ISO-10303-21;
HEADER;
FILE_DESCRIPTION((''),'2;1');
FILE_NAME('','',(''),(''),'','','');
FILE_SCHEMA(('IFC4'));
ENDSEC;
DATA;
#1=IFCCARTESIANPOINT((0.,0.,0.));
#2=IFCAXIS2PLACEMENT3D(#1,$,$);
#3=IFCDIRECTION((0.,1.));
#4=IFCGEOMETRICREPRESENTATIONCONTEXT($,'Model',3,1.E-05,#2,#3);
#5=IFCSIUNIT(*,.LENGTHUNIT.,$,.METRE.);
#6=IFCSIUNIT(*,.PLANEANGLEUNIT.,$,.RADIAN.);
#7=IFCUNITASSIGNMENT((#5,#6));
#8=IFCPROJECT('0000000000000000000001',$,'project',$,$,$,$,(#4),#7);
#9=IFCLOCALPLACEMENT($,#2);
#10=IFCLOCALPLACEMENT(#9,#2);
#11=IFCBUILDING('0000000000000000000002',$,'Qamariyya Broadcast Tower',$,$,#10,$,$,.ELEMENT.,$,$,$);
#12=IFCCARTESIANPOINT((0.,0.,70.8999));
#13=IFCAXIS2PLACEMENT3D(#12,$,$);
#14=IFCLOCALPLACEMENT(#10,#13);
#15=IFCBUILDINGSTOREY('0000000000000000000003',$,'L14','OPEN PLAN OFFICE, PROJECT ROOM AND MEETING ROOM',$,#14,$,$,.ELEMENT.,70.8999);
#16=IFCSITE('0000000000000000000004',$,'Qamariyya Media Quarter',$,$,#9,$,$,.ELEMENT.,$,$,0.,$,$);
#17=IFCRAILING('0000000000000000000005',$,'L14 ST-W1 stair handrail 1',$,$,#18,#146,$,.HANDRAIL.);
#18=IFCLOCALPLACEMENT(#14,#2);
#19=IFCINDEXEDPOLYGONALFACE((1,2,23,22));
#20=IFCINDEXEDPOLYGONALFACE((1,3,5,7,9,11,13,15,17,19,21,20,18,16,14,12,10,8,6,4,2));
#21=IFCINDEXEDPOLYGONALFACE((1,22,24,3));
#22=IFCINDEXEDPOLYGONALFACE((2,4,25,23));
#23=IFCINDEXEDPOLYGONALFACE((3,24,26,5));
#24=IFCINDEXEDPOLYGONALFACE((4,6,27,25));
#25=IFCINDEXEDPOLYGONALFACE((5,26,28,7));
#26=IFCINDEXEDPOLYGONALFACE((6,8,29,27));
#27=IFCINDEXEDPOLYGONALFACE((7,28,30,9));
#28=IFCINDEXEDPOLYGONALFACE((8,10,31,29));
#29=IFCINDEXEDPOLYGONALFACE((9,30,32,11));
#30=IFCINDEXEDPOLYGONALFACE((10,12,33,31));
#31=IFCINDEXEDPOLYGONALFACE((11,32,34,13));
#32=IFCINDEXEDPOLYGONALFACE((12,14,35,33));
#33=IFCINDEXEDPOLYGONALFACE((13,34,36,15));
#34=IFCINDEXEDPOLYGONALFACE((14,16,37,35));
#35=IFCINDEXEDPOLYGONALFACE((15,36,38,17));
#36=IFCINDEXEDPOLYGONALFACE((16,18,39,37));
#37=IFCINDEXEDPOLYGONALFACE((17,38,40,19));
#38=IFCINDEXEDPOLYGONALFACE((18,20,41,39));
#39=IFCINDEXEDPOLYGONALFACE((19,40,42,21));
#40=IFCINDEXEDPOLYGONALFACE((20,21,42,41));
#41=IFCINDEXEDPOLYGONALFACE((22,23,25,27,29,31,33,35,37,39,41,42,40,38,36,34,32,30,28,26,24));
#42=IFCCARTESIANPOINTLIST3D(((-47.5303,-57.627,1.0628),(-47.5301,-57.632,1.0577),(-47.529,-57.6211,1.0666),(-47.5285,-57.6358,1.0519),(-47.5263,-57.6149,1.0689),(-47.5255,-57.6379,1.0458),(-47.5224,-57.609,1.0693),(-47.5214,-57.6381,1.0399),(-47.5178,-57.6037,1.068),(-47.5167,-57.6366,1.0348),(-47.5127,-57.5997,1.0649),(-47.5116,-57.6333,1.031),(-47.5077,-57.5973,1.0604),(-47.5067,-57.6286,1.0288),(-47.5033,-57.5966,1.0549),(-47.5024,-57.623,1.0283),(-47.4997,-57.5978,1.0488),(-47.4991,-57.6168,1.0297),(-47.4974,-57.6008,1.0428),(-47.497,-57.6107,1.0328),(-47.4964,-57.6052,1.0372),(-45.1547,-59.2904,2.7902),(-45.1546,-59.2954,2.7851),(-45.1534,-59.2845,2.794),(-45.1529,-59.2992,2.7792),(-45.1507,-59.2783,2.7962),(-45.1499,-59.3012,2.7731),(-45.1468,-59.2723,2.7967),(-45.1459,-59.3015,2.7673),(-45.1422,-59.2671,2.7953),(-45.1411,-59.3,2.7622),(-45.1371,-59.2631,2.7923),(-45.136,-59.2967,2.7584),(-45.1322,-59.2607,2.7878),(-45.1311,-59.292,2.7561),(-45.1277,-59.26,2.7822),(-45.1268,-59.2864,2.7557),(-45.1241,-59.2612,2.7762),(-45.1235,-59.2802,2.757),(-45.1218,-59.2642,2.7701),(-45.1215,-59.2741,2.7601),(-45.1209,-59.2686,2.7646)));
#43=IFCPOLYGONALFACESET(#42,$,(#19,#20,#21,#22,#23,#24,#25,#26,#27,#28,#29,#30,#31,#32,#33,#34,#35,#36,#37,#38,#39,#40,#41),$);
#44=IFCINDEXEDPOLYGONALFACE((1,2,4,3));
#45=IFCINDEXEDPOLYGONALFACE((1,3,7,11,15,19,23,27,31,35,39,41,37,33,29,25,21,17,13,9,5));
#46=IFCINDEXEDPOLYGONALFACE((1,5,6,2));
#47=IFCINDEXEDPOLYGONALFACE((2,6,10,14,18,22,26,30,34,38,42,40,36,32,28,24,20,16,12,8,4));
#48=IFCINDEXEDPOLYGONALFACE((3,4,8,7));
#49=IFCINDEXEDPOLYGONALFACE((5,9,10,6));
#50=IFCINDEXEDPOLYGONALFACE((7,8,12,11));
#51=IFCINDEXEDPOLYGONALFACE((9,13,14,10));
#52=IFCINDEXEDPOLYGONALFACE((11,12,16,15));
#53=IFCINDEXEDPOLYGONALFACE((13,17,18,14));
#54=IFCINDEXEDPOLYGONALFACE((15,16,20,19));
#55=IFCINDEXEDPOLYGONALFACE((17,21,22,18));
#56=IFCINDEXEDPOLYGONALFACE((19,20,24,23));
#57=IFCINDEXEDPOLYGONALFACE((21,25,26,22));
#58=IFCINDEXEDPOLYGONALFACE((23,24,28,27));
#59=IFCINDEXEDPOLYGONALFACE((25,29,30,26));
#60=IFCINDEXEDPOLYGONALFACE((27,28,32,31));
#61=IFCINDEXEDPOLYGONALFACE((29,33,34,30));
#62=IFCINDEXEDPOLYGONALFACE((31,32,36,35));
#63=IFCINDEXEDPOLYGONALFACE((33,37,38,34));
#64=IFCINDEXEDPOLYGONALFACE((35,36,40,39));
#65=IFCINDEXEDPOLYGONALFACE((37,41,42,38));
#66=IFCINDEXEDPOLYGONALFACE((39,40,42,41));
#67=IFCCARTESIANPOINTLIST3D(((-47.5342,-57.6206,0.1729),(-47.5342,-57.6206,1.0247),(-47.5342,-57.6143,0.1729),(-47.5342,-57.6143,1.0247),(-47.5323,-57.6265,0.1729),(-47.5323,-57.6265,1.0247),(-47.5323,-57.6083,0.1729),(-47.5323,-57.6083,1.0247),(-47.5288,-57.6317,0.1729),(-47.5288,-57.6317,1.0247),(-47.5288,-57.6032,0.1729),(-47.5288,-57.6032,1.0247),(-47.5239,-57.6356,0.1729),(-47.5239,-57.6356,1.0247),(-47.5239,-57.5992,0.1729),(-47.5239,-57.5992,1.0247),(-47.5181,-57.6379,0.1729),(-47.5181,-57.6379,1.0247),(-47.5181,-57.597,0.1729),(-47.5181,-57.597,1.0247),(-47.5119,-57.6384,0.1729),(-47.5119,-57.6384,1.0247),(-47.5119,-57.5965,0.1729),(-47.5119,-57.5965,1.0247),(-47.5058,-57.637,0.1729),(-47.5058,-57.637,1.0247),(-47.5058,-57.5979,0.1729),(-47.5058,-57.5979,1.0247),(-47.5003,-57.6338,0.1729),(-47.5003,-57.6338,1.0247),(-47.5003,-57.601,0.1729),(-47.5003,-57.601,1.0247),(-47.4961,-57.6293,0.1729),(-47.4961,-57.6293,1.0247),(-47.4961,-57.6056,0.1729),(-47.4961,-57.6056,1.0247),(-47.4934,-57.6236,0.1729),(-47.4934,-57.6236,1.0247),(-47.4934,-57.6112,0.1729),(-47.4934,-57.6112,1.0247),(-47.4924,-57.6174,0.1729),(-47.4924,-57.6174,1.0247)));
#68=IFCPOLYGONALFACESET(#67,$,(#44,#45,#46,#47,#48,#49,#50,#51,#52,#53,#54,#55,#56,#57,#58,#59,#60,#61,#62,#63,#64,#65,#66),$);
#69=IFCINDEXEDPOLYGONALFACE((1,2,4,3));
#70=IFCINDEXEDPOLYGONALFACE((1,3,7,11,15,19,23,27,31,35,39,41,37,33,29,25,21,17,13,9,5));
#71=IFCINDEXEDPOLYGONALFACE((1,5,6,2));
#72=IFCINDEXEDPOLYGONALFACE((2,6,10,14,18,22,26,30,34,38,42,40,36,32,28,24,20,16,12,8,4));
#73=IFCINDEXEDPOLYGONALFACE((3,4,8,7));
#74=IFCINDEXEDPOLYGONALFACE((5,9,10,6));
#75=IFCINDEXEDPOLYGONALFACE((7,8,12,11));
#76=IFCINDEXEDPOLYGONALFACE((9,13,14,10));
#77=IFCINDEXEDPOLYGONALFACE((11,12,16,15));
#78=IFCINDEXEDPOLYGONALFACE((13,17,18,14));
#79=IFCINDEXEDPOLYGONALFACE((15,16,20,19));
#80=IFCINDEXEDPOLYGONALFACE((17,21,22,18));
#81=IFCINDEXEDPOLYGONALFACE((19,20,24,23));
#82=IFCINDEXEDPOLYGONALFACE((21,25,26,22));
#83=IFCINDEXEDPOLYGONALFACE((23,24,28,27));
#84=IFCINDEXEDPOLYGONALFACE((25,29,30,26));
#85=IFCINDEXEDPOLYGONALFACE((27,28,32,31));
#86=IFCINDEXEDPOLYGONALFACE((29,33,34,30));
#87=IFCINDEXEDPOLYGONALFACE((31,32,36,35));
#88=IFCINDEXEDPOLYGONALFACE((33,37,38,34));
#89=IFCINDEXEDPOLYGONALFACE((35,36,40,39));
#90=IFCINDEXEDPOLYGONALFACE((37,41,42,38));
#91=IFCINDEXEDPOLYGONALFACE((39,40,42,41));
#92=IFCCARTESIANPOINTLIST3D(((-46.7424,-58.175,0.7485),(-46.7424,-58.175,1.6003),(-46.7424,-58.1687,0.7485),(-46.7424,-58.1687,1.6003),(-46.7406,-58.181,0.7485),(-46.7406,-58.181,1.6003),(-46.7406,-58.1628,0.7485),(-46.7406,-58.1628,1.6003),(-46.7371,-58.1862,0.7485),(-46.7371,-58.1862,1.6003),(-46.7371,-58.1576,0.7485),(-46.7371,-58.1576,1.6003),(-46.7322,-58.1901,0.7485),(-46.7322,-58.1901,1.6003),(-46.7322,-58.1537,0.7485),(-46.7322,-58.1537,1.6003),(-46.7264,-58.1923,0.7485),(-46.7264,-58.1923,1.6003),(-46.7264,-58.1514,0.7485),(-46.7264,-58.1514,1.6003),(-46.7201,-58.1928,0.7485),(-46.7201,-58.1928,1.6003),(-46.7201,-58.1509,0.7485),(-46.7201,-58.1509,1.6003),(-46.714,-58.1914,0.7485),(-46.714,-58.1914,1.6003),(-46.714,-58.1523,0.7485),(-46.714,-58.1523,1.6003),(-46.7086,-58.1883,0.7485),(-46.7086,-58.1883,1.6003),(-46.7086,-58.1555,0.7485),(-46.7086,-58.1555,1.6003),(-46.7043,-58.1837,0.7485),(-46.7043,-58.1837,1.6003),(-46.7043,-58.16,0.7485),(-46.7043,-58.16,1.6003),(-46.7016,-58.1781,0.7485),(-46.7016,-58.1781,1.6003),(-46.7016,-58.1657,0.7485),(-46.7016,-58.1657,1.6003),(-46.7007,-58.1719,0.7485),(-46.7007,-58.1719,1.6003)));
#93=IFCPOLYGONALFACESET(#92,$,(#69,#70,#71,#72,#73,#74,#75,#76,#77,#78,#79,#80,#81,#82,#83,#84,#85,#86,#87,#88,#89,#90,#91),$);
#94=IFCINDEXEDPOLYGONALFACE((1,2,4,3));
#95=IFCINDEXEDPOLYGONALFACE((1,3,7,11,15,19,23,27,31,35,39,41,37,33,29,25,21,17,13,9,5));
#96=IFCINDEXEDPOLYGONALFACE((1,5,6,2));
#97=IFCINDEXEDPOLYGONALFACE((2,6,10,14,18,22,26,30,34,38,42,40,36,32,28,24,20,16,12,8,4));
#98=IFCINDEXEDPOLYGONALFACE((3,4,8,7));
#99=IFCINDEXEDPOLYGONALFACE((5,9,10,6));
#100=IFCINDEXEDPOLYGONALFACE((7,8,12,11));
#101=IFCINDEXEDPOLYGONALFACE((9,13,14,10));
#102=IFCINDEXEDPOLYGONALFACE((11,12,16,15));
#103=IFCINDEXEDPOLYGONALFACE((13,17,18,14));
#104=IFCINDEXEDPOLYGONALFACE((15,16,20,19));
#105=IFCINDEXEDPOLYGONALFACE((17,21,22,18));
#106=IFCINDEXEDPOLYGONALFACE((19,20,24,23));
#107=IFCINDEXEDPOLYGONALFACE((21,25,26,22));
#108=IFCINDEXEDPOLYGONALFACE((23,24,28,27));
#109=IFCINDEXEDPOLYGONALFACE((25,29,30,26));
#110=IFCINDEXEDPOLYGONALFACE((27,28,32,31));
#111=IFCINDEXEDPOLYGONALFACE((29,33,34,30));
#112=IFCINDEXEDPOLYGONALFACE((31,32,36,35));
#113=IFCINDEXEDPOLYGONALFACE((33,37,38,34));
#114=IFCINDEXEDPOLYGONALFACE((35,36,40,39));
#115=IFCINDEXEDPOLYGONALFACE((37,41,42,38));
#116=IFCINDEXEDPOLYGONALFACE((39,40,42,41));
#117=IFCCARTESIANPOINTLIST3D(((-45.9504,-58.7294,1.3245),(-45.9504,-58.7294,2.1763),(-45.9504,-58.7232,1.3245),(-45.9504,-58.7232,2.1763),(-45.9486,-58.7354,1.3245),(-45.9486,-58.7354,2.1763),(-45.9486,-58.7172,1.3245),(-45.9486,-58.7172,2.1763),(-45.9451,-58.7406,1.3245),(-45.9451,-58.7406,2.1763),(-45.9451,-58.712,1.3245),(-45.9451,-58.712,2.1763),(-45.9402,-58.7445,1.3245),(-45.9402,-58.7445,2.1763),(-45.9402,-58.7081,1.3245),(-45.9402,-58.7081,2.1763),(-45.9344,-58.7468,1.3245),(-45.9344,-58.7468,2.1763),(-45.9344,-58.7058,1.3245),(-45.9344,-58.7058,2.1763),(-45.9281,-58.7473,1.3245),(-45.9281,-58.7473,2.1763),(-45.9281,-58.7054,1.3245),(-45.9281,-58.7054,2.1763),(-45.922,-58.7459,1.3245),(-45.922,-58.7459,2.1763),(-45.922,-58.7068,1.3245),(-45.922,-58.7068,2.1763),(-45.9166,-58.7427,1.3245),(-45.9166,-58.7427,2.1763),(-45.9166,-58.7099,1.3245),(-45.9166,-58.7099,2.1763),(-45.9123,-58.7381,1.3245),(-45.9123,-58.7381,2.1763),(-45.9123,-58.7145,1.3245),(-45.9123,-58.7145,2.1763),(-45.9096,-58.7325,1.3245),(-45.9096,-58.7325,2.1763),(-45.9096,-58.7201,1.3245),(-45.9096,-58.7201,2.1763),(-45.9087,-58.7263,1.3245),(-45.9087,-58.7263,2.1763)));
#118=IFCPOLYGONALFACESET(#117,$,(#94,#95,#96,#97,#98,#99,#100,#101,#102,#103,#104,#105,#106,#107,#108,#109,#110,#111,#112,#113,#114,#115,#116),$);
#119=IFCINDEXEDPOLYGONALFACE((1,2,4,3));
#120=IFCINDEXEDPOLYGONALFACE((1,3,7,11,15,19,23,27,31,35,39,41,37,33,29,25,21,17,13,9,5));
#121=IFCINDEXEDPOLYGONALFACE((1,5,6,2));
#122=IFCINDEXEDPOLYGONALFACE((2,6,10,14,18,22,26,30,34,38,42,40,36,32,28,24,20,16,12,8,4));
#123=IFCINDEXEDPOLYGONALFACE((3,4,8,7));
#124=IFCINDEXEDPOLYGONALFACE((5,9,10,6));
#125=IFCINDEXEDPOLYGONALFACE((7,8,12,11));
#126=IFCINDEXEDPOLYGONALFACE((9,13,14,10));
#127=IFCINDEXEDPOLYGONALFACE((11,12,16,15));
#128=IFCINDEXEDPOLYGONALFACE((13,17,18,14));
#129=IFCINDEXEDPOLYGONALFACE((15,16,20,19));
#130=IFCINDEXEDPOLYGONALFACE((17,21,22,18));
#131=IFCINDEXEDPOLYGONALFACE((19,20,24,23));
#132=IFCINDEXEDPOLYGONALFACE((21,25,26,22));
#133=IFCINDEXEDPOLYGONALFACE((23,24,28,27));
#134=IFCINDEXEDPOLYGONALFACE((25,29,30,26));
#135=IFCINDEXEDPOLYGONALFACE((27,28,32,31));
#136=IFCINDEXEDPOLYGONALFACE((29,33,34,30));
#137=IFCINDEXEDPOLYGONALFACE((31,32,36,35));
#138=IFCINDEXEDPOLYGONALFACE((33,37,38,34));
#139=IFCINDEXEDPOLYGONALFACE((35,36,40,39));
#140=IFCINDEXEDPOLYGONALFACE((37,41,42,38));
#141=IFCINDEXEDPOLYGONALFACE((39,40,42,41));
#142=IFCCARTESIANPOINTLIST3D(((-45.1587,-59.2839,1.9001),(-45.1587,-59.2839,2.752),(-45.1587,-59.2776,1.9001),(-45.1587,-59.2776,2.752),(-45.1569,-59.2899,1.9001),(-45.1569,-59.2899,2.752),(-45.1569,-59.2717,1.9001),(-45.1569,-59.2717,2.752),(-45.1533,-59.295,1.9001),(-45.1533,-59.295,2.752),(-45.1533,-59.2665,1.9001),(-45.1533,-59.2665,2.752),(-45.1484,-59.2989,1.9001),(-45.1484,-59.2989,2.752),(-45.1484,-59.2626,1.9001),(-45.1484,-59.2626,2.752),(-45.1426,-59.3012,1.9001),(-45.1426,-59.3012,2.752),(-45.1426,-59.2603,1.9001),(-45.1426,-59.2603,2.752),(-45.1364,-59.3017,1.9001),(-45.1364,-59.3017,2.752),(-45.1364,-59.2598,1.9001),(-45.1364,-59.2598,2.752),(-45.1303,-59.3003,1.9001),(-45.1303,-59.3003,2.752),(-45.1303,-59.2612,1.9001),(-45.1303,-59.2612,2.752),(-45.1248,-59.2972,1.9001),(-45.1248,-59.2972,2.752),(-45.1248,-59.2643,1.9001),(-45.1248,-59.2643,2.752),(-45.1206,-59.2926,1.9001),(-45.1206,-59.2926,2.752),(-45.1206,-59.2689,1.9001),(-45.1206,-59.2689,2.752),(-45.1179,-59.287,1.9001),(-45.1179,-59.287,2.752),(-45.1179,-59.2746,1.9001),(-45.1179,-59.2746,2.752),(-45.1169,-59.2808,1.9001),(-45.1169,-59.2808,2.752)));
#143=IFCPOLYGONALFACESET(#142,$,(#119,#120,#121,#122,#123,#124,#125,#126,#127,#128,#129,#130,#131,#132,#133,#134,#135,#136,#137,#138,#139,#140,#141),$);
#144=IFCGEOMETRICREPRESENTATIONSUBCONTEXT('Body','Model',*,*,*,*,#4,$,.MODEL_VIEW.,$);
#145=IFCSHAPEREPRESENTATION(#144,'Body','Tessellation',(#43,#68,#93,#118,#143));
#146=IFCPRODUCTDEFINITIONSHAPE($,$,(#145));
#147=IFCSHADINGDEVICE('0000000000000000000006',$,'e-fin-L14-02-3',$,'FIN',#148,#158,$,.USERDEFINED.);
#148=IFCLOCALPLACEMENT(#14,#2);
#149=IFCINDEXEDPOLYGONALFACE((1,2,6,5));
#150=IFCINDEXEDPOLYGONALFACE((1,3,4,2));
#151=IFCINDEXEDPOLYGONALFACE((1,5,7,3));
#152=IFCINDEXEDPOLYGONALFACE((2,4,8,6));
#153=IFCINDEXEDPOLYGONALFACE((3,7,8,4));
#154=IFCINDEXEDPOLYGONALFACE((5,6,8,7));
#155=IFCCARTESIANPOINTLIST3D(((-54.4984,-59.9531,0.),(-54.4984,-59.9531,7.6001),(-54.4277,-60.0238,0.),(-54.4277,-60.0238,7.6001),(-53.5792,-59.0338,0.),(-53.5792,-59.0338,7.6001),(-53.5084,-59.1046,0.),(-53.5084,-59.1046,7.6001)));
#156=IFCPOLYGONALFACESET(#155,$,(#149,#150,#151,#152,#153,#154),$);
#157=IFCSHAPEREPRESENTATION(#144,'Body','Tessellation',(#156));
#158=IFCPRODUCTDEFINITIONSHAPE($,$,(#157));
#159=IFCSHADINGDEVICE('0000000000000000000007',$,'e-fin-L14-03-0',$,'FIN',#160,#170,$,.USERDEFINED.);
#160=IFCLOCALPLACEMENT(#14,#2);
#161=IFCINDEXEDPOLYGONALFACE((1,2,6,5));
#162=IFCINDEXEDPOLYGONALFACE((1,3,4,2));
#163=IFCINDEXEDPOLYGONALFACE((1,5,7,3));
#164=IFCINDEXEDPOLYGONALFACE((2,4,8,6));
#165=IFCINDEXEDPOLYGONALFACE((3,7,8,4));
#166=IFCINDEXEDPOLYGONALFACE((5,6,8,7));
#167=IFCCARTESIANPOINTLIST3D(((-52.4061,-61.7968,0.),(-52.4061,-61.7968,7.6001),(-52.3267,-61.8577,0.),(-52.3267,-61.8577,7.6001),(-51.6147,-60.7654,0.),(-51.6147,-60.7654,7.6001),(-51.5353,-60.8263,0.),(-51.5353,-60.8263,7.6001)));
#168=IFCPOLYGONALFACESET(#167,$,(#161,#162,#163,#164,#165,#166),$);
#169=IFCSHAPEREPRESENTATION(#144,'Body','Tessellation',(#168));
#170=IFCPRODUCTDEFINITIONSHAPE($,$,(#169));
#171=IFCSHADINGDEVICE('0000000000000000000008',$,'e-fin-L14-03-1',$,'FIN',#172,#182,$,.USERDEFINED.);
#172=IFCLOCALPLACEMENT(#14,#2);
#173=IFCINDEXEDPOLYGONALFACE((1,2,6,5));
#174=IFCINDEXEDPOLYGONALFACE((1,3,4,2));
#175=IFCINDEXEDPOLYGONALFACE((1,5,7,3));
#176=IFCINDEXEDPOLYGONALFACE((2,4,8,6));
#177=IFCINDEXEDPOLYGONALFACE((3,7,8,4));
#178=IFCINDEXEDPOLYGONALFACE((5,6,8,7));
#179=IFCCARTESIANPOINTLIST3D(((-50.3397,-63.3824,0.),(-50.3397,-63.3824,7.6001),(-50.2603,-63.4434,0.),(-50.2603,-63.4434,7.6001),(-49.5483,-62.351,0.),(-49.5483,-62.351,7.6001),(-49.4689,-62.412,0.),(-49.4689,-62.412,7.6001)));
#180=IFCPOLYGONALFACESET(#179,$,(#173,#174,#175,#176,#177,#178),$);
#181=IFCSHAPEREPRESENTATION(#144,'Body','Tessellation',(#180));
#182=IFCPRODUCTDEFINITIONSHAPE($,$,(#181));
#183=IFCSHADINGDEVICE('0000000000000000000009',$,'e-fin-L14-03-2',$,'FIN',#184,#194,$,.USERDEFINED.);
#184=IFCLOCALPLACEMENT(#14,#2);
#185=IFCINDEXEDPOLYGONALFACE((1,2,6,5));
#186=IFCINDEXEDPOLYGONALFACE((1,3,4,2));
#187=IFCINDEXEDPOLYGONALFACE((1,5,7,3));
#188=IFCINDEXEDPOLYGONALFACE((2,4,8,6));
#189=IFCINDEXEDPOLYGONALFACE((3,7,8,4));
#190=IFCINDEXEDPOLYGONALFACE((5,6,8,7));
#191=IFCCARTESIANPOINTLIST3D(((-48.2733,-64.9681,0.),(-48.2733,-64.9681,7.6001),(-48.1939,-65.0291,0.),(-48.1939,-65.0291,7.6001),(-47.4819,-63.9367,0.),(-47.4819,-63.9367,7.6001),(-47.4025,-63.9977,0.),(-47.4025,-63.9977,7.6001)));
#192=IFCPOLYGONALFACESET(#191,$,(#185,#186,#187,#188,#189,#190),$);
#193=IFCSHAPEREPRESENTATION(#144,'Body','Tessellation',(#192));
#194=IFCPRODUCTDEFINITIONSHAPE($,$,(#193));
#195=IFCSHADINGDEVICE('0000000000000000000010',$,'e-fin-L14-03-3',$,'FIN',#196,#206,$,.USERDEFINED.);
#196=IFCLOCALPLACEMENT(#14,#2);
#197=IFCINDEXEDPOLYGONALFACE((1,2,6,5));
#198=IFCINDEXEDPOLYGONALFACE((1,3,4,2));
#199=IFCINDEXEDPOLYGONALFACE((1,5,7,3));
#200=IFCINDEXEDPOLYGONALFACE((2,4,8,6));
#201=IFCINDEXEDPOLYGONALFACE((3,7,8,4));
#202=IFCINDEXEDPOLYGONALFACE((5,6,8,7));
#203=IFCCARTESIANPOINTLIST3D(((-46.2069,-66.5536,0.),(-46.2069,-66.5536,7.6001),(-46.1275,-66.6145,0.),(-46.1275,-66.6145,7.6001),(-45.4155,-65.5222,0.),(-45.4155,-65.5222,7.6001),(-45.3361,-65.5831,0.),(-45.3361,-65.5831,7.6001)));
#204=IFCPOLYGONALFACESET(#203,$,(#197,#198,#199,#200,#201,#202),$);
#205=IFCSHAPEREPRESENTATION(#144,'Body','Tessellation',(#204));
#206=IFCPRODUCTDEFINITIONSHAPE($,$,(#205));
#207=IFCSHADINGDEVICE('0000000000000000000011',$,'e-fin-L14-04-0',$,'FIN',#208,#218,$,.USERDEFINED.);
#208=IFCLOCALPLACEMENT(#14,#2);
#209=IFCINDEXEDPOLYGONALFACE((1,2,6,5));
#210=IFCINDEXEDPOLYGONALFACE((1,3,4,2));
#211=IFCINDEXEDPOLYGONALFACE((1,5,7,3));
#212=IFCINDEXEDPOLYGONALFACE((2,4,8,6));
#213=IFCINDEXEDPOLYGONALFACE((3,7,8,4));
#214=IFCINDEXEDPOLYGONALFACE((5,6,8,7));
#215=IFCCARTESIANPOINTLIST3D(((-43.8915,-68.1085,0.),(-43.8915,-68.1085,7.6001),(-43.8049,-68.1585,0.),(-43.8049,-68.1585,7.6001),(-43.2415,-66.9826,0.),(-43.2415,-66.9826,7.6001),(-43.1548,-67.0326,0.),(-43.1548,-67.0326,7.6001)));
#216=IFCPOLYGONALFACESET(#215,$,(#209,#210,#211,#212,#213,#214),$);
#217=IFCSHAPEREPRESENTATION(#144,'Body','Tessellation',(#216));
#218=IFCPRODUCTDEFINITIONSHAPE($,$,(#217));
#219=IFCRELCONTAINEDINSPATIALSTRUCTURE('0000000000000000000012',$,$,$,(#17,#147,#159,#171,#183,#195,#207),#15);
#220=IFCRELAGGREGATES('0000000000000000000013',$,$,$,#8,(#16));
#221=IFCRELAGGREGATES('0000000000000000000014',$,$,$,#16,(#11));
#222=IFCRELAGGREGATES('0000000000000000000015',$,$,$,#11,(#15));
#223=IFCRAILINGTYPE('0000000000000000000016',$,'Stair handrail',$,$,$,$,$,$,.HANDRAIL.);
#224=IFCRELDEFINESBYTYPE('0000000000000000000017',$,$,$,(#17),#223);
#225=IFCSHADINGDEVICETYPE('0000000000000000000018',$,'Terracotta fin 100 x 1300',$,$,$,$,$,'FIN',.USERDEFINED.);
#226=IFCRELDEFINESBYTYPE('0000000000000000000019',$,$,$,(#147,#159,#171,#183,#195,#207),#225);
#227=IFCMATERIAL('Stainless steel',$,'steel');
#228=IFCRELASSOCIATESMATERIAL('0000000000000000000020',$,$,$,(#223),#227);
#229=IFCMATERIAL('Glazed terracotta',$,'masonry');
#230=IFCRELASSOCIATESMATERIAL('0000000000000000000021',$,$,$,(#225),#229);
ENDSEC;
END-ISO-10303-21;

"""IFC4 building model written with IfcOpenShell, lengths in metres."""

from ifc_helpers import new_model, si_unit, direction, frame, origin, origin_2d, place, context, subcontext, project, spatial, rectangle, circle, extrude, material, material_profile, profile_set, type_object, element, save


model = new_model("IFC4")

# Units and contexts
model_context = context("Model", 3, precision=1e-05, world=origin(), true_north=direction((0.0, 1.0)))
body_context = subcontext(model_context, "Body", "Model", "MODEL_VIEW")
ifc_project = project(units=[si_unit("LENGTHUNIT", "METRE"), si_unit("PLANEANGLEUNIT", "RADIAN")], contexts=[model_context])

# Site, building, storey
site_placement = place(None, origin())
site = spatial("IfcSite", under=ifc_project, at=site_placement, Name="Qamariyya Media Quarter", CompositionType="ELEMENT", RefElevation=0.0)
building_placement = place(site_placement, origin())
building = spatial("IfcBuilding", under=site, at=building_placement, Name="Qamariyya Broadcast Tower", CompositionType="ELEMENT")
storey_placement = place(building_placement, frame((0.0, 0.0, 70.8999)))
storey = spatial("IfcBuildingStorey", under=building, at=storey_placement, Name="L14", Description="OPEN PLAN OFFICE, PROJECT ROOM AND MEETING ROOM", CompositionType="ELEMENT", Elevation=70.8999)

# Railing
ifc_material_1 = material(Name="Stainless steel", Category="steel")
railing_type_1 = type_object("IfcRailingType", Name="Stair handrail", PredefinedType="HANDRAIL", material=ifc_material_1)
railing_1_placement = place(storey_placement, frame((-47.5134, -57.6174, 0.1729)))
element("IfcRailing", 1, at=railing_1_placement, inside=storey, type_object=railing_type_1, Name="L14 ST-W1 stair handrail 1", PredefinedType="HANDRAIL", context=body_context, shape_type="SweptSolid", body=[
    extrude(circle(Radius=0.0239, at=origin_2d()), frame((0.0, 0.0, 0.876), z_axis=(0.70377, -0.492784, 0.511734), x_axis=(0.573575, 0.819153, 0.0)), (0.0, 0.0, 1.0), 3.3755),
    extrude(circle(Radius=0.021, at=origin_2d()), origin(), (0.0, 0.0, 1.0), 0.8518),
    extrude(circle(Radius=0.021, at=origin_2d()), frame((0.7917, -0.5544, 0.5757)), (0.0, 0.0, 1.0), 0.8518),
    extrude(circle(Radius=0.021, at=origin_2d()), frame((1.5837, -1.1089, 1.1516)), (0.0, 0.0, 1.0), 0.8518),
    extrude(circle(Radius=0.021, at=origin_2d()), frame((2.3755, -1.6633, 1.7273)), (0.0, 0.0, 1.0), 0.8518),
])

# Shading devices
ifc_material_2 = material(Name="Glazed terracotta", Category="masonry")
ifc_material_profile_1 = material_profile(ifc_material_2, rectangle(XDim=1.3, YDim=0.1001, at=origin_2d()))
ifc_profile_set_1 = profile_set([ifc_material_profile_1], Name="Glazed terracotta")
shading_device_type_1 = type_object("IfcShadingDeviceType", Name="Terracotta fin 100 x 1300", ElementType="FIN", PredefinedType="USERDEFINED", material=ifc_profile_set_1)
for number, where, z_axis, x_axis, name in (
    (2, (-54.0034, -59.5288, 0.0), (0.0, 0.0, 1.0), (-0.707107, -0.707107, 0.0), "e-fin-L14-02-3"),
    (3, (-51.9707, -61.3115, 0.0), (0.0, 0.0, 1.0), (-0.608761, -0.793353, 0.0), "e-fin-L14-03-0"),
    (4, (-49.9043, -62.8972, 0.0), (0.0, 0.0, 1.0), (-0.608761, -0.793353, 0.0), "e-fin-L14-03-1"),
    (5, (-47.8379, -64.4829, 0.0), (0.0, 0.0, 1.0), (-0.608761, -0.793353, 0.0), "e-fin-L14-03-2"),
    (6, (-45.7715, -66.0684, 0.0), (0.0, 0.0, 1.0), (-0.608761, -0.793353, 0.0), "e-fin-L14-03-3"),
    (7, (-43.5232, -67.5706, 0.0), (0.0, 0.0, 1.0), (-0.5, -0.866025, 0.0), "e-fin-L14-04-0"),
):
    element("IfcShadingDevice", number, at=place(storey_placement, frame(where, z_axis=z_axis, x_axis=x_axis)), inside=storey, type_object=shading_device_type_1, Name=name, ObjectType="FIN", PredefinedType="USERDEFINED", context=body_context, shape_type="SweptSolid", body=[
        extrude(rectangle(XDim=1.3, YDim=0.1001, at=origin_2d()), origin(), (0.0, 0.0, 1.0), 7.6001),
    ])

save(model, "model.ifc")
